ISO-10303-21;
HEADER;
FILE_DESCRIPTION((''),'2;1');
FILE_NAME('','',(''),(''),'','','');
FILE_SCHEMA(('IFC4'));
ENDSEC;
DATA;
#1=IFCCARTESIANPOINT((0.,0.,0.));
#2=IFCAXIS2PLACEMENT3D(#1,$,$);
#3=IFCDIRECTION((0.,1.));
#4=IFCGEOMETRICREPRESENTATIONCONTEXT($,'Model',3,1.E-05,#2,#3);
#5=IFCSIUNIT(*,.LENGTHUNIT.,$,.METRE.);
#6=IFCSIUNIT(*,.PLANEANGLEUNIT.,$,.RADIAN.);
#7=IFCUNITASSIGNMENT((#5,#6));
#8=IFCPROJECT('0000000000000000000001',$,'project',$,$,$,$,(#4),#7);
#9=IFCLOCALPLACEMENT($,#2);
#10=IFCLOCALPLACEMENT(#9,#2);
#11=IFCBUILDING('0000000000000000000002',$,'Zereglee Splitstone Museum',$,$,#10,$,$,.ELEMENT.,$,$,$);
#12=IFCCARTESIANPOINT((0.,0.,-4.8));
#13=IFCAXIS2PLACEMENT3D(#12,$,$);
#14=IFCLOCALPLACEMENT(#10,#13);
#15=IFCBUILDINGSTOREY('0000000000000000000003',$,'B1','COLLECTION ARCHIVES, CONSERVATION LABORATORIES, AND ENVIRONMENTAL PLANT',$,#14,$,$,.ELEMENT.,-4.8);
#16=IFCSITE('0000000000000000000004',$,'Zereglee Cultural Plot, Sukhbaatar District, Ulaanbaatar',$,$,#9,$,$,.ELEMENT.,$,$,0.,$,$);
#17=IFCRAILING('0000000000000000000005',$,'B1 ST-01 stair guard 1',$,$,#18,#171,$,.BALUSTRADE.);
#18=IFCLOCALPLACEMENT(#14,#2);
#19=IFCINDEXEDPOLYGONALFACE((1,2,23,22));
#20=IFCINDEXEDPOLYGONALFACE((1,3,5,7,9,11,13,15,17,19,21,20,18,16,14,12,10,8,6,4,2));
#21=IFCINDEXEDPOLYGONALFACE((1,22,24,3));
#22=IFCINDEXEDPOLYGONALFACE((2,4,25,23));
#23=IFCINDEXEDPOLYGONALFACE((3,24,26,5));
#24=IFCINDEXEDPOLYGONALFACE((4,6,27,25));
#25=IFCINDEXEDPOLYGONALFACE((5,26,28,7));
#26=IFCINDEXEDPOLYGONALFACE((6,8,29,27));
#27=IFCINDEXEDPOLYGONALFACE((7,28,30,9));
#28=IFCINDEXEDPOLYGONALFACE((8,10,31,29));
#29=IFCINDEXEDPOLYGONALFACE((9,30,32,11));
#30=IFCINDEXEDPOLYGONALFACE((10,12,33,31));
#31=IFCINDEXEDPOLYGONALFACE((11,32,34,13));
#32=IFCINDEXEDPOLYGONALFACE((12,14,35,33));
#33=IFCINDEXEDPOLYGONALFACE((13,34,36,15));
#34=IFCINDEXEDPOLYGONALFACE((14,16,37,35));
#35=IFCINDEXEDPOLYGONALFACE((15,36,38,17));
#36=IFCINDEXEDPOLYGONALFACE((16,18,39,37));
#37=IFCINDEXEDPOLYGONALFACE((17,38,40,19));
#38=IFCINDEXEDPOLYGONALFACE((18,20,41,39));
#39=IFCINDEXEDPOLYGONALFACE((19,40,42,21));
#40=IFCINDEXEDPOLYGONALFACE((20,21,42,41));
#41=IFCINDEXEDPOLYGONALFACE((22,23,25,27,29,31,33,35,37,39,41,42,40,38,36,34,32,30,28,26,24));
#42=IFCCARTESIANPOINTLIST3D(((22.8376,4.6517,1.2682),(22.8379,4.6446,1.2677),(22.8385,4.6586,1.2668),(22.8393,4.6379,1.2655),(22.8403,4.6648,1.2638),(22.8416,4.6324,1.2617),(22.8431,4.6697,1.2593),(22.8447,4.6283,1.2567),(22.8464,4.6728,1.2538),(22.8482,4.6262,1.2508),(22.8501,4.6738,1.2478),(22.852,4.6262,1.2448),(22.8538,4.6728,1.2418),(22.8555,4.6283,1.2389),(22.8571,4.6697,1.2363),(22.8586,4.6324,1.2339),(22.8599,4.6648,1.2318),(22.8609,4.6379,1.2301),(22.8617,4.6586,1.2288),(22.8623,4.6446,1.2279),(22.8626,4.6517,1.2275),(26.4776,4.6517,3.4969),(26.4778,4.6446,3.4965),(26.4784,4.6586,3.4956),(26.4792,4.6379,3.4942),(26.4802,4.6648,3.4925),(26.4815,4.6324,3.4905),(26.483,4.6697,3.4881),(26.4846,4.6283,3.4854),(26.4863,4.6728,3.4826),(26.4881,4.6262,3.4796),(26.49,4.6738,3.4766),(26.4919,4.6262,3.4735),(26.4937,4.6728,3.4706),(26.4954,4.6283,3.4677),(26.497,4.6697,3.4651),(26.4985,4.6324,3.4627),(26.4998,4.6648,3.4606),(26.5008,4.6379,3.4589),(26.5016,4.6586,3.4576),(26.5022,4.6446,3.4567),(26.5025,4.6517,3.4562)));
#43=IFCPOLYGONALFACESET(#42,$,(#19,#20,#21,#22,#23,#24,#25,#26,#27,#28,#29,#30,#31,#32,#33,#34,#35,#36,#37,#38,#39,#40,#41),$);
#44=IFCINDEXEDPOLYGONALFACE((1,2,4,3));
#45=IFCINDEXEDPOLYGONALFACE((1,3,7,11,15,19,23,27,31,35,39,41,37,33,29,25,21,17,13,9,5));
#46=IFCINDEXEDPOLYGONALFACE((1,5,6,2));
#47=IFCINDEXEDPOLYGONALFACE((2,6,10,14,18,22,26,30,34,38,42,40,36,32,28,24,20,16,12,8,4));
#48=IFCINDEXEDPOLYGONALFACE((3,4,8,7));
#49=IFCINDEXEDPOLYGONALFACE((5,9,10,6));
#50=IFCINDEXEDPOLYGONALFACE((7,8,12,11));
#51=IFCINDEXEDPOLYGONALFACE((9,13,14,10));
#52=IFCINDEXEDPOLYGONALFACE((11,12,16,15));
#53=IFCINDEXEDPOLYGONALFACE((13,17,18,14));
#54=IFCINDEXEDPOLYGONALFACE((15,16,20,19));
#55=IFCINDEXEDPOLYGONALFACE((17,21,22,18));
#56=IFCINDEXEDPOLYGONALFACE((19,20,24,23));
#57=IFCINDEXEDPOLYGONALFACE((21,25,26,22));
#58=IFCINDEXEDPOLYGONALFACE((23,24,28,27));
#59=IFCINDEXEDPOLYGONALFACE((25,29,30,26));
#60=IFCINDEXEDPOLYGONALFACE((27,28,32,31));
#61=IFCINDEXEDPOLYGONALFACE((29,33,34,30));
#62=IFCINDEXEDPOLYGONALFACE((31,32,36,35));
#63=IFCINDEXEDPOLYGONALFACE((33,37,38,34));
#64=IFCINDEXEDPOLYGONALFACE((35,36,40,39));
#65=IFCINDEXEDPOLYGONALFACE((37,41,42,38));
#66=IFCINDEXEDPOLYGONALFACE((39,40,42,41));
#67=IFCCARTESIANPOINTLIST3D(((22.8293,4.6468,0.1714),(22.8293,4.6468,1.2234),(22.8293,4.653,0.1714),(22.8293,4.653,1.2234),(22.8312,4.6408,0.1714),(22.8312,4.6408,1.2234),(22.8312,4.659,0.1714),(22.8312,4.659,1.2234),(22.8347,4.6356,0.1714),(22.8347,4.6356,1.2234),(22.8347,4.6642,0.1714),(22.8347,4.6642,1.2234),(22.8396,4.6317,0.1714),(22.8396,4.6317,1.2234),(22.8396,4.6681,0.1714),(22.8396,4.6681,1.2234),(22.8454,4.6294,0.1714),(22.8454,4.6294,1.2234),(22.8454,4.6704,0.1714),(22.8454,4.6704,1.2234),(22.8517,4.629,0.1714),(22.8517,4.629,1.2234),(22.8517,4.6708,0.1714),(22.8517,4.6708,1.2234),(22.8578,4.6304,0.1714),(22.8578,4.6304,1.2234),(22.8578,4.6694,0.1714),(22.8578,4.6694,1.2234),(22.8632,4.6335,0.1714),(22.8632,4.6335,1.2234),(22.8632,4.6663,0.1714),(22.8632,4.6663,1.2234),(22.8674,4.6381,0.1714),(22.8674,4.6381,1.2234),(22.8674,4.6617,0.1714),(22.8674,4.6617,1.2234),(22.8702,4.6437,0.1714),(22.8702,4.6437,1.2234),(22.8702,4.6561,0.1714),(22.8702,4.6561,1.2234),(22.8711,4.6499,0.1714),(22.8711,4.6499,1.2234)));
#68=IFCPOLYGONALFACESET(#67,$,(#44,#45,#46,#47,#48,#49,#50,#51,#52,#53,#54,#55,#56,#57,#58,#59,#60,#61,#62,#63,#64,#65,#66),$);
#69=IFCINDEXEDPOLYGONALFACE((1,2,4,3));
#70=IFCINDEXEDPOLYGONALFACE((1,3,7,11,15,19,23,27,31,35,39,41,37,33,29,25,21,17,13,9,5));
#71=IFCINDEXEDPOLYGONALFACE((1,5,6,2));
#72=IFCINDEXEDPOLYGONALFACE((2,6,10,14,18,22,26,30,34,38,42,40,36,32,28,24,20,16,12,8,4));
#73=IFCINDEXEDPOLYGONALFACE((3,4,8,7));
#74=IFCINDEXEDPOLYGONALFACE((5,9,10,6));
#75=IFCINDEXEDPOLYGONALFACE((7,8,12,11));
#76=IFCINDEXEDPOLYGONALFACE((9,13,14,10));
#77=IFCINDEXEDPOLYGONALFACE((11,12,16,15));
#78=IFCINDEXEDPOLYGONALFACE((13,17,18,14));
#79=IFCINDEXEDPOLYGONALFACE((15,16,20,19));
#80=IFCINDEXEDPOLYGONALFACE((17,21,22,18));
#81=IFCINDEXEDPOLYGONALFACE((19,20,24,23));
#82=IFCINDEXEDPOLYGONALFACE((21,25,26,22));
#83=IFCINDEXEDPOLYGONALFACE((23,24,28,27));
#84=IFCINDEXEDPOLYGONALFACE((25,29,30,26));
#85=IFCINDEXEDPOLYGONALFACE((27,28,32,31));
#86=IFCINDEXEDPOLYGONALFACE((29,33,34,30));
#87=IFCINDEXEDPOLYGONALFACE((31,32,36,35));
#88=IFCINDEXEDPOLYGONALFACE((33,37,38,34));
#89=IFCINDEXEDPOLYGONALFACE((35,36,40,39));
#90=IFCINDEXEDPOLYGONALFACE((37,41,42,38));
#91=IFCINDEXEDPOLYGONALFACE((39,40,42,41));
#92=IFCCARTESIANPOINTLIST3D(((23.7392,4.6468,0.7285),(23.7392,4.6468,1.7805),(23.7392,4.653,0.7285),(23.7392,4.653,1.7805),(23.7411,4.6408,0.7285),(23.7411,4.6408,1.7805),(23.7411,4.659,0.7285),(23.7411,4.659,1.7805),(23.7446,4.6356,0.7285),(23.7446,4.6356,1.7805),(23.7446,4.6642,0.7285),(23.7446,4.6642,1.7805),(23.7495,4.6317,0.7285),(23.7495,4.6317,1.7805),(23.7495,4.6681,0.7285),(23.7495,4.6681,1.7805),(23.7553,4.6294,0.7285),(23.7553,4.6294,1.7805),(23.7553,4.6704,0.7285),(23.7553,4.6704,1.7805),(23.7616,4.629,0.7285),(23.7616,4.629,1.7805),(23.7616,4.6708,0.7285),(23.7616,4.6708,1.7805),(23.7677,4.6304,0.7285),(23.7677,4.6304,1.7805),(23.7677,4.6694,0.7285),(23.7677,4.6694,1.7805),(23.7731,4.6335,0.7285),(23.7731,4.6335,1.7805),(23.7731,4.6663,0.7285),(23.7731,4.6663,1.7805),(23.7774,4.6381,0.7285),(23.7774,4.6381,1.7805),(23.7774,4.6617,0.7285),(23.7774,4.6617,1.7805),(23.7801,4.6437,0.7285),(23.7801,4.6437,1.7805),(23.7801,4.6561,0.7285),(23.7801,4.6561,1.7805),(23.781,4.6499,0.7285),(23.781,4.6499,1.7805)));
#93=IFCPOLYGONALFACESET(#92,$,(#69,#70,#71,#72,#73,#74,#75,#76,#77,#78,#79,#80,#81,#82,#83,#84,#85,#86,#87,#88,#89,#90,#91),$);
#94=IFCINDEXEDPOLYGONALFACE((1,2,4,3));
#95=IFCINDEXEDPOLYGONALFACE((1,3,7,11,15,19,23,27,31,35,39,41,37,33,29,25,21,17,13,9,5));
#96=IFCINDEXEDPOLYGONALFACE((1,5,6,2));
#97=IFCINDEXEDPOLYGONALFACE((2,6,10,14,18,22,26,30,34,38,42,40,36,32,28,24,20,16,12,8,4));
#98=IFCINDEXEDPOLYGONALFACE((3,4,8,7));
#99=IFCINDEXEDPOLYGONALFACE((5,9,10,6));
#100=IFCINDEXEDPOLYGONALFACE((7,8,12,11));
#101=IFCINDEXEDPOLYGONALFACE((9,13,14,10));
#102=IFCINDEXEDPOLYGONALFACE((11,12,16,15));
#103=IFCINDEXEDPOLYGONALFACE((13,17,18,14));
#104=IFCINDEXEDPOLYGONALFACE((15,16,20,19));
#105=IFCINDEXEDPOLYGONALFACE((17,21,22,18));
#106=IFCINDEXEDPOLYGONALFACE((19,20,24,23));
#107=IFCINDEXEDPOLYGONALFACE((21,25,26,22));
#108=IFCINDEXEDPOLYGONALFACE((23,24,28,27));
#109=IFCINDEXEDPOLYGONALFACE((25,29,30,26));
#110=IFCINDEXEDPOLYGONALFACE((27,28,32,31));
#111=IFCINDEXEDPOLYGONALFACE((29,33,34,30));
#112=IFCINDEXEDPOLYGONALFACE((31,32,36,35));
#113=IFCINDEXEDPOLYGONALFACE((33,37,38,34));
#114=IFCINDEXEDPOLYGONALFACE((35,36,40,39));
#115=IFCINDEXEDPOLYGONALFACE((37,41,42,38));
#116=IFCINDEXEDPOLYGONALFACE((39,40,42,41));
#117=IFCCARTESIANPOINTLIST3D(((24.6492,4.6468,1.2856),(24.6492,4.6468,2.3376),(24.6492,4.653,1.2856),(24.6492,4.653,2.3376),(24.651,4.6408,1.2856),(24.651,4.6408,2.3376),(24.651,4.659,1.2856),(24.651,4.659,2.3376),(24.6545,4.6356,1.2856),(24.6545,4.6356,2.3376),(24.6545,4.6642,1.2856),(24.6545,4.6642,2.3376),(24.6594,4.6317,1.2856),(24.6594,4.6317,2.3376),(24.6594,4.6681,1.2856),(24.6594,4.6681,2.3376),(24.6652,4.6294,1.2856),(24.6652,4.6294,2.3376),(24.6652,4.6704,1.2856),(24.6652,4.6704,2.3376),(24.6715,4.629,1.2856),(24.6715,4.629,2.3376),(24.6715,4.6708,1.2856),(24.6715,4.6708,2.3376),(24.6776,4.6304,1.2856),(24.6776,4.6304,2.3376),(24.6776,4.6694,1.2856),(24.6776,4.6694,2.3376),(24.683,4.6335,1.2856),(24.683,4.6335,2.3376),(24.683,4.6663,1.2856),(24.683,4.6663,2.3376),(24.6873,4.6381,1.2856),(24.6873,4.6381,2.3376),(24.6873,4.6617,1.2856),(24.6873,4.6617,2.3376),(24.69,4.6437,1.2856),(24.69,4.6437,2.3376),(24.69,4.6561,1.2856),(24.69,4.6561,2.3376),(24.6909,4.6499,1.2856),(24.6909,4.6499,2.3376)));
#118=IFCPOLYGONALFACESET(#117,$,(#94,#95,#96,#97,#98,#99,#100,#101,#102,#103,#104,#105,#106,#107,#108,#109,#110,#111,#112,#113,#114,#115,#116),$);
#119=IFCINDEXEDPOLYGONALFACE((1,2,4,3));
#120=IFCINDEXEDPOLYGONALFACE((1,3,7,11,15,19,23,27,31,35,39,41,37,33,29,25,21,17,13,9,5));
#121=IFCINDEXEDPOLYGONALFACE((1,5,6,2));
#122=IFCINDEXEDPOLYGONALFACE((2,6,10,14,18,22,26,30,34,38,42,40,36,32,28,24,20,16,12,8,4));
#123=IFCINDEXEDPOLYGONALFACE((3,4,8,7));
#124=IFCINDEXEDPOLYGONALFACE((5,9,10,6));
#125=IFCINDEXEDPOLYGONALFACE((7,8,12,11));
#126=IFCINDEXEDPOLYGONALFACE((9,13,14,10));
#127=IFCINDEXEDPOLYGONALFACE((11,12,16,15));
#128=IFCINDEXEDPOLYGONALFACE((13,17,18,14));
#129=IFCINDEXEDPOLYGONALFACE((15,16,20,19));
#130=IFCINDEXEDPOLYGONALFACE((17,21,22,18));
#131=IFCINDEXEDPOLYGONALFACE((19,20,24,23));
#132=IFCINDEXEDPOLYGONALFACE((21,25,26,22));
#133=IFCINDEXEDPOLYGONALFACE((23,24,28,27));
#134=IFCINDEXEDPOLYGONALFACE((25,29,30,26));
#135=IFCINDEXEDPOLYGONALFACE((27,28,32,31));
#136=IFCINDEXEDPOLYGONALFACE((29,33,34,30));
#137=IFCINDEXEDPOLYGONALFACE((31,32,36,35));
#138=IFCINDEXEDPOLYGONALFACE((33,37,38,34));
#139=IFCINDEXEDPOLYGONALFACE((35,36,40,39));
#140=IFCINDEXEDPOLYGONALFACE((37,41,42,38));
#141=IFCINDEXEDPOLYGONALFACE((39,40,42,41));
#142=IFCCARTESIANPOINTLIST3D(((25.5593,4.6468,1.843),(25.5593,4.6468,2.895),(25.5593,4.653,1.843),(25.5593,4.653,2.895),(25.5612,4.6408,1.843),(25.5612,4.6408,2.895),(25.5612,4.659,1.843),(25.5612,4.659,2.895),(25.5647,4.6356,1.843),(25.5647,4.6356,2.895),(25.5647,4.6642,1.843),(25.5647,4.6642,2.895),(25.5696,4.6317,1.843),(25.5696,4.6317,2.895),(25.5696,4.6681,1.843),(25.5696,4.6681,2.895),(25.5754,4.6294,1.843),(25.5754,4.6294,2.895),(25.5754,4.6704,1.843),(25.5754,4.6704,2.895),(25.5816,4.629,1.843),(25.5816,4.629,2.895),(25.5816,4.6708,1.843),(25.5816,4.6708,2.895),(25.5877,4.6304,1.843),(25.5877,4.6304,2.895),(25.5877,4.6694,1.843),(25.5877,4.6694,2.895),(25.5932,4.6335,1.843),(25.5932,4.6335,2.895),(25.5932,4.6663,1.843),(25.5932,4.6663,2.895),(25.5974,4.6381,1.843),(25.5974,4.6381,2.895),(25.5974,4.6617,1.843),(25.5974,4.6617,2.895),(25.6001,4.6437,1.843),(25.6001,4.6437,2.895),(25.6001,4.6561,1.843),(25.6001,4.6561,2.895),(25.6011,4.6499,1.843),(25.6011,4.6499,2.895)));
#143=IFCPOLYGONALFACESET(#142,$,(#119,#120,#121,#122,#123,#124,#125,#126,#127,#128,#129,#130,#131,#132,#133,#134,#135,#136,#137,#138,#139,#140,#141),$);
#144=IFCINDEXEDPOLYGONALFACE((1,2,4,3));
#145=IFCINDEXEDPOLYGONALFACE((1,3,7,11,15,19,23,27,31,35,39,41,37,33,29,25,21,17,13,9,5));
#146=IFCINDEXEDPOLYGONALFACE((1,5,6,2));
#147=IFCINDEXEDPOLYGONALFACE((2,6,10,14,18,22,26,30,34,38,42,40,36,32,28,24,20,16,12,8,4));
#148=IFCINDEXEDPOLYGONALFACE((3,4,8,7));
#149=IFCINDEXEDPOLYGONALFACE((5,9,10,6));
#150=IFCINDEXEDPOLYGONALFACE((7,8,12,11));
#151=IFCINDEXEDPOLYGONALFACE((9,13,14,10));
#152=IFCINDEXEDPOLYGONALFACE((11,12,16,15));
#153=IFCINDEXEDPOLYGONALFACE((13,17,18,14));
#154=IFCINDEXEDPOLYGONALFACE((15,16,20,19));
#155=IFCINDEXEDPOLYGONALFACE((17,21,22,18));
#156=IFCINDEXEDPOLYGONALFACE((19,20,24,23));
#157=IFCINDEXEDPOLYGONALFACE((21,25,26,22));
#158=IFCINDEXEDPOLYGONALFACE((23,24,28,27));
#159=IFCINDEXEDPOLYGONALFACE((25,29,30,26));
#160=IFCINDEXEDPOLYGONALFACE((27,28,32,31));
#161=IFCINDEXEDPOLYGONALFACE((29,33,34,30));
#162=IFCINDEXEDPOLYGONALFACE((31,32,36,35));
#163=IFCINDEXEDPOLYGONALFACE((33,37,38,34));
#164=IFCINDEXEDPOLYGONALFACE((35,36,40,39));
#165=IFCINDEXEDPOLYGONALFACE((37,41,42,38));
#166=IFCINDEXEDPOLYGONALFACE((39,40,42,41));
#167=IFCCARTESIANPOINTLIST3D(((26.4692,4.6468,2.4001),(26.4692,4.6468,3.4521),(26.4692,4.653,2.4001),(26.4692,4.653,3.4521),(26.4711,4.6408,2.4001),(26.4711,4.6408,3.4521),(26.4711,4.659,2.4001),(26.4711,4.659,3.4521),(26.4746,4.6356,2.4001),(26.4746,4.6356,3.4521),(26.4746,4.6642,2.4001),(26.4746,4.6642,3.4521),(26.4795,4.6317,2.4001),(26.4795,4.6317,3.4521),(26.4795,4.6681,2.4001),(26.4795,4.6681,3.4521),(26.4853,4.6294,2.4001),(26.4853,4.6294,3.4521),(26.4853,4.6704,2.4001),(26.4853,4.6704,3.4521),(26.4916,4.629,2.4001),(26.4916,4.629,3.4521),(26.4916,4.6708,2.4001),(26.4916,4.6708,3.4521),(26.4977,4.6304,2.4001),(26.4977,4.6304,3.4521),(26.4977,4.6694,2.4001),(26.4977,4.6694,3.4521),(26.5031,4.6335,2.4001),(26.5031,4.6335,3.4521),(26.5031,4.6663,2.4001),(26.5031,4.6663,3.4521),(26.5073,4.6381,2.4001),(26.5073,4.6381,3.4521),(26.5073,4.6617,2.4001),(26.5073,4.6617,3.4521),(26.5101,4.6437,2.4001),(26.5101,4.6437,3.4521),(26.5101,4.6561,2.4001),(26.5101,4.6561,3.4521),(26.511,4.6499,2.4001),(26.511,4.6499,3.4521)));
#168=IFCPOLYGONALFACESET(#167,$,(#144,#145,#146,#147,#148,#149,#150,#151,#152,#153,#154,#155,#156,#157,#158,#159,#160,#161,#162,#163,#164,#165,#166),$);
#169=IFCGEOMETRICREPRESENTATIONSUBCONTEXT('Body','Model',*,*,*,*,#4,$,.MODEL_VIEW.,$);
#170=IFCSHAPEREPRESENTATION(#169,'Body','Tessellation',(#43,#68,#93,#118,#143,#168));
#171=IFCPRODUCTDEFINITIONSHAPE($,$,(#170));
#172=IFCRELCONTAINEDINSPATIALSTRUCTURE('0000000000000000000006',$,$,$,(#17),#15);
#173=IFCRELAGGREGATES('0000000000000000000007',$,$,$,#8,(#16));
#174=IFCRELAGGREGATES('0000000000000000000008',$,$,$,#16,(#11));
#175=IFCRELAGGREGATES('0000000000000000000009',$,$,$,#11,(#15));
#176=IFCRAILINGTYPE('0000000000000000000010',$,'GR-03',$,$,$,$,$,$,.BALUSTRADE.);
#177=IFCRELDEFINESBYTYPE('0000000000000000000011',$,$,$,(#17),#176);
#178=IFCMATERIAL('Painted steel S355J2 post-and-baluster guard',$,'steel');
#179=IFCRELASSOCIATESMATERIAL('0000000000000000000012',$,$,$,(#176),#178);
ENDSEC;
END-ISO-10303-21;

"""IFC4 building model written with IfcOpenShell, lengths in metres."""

from ifc_helpers import new_model, si_unit, direction, frame, origin, origin_2d, place, context, subcontext, project, spatial, circle, extrude, material, type_object, element, save


model = new_model("IFC4")

# Units and contexts
model_context = context("Model", 3, precision=1e-05, world=origin(), true_north=direction((0.0, 1.0)))
body_context = subcontext(model_context, "Body", "Model", "MODEL_VIEW")
ifc_project = project(units=[si_unit("LENGTHUNIT", "METRE"), si_unit("PLANEANGLEUNIT", "RADIAN")], contexts=[model_context])

# Site, building, storey
site_placement = place(None, origin())
site = spatial("IfcSite", under=ifc_project, at=site_placement, Name="Zereglee Cultural Plot, Sukhbaatar District, Ulaanbaatar", CompositionType="ELEMENT", RefElevation=0.0)
building_placement = place(site_placement, origin())
building = spatial("IfcBuilding", under=site, at=building_placement, Name="Zereglee Splitstone Museum", CompositionType="ELEMENT")
storey_placement = place(building_placement, frame((0.0, 0.0, -4.8)))
storey = spatial("IfcBuildingStorey", under=building, at=storey_placement, Name="B1", Description="COLLECTION ARCHIVES, CONSERVATION LABORATORIES, AND ENVIRONMENTAL PLANT", CompositionType="ELEMENT", Elevation=-4.8)

# Railing
ifc_material_1 = material(Name="Painted steel S355J2 post-and-baluster guard", Category="steel")
railing_type_1 = type_object("IfcRailingType", Name="GR-03", PredefinedType="BALUSTRADE", material=ifc_material_1)
railing_1_placement = place(storey_placement, frame((22.8501, 4.6499, 0.1714)))
element("IfcRailing", 1, at=railing_1_placement, inside=storey, type_object=railing_type_1, Name="B1 ST-01 stair guard 1", PredefinedType="BALUSTRADE", context=body_context, shape_type="SweptSolid", body=[
    extrude(circle(Radius=0.0239, at=origin_2d()), frame((0.0, 0.0, 1.0764), z_axis=(0.852825, 0.0, 0.522197), x_axis=(0.0, 1.0, 0.0)), (0.0, 0.0, 1.0), 4.2681),
    extrude(circle(Radius=0.021, at=origin_2d()), origin(), (0.0, 0.0, 1.0), 1.052),
    extrude(circle(Radius=0.021, at=origin_2d()), frame((0.9099, 0.0, 0.5571)), (0.0, 0.0, 1.0), 1.052),
    extrude(circle(Radius=0.021, at=origin_2d()), frame((1.8198, 0.0, 1.1143)), (0.0, 0.0, 1.0), 1.052),
    extrude(circle(Radius=0.021, at=origin_2d()), frame((2.73, 0.0, 1.6716)), (0.0, 0.0, 1.0), 1.052),
    extrude(circle(Radius=0.021, at=origin_2d()), frame((3.6399, 0.0, 2.2288)), (0.0, 0.0, 1.0), 1.052),
])

save(model, "model.ifc")
